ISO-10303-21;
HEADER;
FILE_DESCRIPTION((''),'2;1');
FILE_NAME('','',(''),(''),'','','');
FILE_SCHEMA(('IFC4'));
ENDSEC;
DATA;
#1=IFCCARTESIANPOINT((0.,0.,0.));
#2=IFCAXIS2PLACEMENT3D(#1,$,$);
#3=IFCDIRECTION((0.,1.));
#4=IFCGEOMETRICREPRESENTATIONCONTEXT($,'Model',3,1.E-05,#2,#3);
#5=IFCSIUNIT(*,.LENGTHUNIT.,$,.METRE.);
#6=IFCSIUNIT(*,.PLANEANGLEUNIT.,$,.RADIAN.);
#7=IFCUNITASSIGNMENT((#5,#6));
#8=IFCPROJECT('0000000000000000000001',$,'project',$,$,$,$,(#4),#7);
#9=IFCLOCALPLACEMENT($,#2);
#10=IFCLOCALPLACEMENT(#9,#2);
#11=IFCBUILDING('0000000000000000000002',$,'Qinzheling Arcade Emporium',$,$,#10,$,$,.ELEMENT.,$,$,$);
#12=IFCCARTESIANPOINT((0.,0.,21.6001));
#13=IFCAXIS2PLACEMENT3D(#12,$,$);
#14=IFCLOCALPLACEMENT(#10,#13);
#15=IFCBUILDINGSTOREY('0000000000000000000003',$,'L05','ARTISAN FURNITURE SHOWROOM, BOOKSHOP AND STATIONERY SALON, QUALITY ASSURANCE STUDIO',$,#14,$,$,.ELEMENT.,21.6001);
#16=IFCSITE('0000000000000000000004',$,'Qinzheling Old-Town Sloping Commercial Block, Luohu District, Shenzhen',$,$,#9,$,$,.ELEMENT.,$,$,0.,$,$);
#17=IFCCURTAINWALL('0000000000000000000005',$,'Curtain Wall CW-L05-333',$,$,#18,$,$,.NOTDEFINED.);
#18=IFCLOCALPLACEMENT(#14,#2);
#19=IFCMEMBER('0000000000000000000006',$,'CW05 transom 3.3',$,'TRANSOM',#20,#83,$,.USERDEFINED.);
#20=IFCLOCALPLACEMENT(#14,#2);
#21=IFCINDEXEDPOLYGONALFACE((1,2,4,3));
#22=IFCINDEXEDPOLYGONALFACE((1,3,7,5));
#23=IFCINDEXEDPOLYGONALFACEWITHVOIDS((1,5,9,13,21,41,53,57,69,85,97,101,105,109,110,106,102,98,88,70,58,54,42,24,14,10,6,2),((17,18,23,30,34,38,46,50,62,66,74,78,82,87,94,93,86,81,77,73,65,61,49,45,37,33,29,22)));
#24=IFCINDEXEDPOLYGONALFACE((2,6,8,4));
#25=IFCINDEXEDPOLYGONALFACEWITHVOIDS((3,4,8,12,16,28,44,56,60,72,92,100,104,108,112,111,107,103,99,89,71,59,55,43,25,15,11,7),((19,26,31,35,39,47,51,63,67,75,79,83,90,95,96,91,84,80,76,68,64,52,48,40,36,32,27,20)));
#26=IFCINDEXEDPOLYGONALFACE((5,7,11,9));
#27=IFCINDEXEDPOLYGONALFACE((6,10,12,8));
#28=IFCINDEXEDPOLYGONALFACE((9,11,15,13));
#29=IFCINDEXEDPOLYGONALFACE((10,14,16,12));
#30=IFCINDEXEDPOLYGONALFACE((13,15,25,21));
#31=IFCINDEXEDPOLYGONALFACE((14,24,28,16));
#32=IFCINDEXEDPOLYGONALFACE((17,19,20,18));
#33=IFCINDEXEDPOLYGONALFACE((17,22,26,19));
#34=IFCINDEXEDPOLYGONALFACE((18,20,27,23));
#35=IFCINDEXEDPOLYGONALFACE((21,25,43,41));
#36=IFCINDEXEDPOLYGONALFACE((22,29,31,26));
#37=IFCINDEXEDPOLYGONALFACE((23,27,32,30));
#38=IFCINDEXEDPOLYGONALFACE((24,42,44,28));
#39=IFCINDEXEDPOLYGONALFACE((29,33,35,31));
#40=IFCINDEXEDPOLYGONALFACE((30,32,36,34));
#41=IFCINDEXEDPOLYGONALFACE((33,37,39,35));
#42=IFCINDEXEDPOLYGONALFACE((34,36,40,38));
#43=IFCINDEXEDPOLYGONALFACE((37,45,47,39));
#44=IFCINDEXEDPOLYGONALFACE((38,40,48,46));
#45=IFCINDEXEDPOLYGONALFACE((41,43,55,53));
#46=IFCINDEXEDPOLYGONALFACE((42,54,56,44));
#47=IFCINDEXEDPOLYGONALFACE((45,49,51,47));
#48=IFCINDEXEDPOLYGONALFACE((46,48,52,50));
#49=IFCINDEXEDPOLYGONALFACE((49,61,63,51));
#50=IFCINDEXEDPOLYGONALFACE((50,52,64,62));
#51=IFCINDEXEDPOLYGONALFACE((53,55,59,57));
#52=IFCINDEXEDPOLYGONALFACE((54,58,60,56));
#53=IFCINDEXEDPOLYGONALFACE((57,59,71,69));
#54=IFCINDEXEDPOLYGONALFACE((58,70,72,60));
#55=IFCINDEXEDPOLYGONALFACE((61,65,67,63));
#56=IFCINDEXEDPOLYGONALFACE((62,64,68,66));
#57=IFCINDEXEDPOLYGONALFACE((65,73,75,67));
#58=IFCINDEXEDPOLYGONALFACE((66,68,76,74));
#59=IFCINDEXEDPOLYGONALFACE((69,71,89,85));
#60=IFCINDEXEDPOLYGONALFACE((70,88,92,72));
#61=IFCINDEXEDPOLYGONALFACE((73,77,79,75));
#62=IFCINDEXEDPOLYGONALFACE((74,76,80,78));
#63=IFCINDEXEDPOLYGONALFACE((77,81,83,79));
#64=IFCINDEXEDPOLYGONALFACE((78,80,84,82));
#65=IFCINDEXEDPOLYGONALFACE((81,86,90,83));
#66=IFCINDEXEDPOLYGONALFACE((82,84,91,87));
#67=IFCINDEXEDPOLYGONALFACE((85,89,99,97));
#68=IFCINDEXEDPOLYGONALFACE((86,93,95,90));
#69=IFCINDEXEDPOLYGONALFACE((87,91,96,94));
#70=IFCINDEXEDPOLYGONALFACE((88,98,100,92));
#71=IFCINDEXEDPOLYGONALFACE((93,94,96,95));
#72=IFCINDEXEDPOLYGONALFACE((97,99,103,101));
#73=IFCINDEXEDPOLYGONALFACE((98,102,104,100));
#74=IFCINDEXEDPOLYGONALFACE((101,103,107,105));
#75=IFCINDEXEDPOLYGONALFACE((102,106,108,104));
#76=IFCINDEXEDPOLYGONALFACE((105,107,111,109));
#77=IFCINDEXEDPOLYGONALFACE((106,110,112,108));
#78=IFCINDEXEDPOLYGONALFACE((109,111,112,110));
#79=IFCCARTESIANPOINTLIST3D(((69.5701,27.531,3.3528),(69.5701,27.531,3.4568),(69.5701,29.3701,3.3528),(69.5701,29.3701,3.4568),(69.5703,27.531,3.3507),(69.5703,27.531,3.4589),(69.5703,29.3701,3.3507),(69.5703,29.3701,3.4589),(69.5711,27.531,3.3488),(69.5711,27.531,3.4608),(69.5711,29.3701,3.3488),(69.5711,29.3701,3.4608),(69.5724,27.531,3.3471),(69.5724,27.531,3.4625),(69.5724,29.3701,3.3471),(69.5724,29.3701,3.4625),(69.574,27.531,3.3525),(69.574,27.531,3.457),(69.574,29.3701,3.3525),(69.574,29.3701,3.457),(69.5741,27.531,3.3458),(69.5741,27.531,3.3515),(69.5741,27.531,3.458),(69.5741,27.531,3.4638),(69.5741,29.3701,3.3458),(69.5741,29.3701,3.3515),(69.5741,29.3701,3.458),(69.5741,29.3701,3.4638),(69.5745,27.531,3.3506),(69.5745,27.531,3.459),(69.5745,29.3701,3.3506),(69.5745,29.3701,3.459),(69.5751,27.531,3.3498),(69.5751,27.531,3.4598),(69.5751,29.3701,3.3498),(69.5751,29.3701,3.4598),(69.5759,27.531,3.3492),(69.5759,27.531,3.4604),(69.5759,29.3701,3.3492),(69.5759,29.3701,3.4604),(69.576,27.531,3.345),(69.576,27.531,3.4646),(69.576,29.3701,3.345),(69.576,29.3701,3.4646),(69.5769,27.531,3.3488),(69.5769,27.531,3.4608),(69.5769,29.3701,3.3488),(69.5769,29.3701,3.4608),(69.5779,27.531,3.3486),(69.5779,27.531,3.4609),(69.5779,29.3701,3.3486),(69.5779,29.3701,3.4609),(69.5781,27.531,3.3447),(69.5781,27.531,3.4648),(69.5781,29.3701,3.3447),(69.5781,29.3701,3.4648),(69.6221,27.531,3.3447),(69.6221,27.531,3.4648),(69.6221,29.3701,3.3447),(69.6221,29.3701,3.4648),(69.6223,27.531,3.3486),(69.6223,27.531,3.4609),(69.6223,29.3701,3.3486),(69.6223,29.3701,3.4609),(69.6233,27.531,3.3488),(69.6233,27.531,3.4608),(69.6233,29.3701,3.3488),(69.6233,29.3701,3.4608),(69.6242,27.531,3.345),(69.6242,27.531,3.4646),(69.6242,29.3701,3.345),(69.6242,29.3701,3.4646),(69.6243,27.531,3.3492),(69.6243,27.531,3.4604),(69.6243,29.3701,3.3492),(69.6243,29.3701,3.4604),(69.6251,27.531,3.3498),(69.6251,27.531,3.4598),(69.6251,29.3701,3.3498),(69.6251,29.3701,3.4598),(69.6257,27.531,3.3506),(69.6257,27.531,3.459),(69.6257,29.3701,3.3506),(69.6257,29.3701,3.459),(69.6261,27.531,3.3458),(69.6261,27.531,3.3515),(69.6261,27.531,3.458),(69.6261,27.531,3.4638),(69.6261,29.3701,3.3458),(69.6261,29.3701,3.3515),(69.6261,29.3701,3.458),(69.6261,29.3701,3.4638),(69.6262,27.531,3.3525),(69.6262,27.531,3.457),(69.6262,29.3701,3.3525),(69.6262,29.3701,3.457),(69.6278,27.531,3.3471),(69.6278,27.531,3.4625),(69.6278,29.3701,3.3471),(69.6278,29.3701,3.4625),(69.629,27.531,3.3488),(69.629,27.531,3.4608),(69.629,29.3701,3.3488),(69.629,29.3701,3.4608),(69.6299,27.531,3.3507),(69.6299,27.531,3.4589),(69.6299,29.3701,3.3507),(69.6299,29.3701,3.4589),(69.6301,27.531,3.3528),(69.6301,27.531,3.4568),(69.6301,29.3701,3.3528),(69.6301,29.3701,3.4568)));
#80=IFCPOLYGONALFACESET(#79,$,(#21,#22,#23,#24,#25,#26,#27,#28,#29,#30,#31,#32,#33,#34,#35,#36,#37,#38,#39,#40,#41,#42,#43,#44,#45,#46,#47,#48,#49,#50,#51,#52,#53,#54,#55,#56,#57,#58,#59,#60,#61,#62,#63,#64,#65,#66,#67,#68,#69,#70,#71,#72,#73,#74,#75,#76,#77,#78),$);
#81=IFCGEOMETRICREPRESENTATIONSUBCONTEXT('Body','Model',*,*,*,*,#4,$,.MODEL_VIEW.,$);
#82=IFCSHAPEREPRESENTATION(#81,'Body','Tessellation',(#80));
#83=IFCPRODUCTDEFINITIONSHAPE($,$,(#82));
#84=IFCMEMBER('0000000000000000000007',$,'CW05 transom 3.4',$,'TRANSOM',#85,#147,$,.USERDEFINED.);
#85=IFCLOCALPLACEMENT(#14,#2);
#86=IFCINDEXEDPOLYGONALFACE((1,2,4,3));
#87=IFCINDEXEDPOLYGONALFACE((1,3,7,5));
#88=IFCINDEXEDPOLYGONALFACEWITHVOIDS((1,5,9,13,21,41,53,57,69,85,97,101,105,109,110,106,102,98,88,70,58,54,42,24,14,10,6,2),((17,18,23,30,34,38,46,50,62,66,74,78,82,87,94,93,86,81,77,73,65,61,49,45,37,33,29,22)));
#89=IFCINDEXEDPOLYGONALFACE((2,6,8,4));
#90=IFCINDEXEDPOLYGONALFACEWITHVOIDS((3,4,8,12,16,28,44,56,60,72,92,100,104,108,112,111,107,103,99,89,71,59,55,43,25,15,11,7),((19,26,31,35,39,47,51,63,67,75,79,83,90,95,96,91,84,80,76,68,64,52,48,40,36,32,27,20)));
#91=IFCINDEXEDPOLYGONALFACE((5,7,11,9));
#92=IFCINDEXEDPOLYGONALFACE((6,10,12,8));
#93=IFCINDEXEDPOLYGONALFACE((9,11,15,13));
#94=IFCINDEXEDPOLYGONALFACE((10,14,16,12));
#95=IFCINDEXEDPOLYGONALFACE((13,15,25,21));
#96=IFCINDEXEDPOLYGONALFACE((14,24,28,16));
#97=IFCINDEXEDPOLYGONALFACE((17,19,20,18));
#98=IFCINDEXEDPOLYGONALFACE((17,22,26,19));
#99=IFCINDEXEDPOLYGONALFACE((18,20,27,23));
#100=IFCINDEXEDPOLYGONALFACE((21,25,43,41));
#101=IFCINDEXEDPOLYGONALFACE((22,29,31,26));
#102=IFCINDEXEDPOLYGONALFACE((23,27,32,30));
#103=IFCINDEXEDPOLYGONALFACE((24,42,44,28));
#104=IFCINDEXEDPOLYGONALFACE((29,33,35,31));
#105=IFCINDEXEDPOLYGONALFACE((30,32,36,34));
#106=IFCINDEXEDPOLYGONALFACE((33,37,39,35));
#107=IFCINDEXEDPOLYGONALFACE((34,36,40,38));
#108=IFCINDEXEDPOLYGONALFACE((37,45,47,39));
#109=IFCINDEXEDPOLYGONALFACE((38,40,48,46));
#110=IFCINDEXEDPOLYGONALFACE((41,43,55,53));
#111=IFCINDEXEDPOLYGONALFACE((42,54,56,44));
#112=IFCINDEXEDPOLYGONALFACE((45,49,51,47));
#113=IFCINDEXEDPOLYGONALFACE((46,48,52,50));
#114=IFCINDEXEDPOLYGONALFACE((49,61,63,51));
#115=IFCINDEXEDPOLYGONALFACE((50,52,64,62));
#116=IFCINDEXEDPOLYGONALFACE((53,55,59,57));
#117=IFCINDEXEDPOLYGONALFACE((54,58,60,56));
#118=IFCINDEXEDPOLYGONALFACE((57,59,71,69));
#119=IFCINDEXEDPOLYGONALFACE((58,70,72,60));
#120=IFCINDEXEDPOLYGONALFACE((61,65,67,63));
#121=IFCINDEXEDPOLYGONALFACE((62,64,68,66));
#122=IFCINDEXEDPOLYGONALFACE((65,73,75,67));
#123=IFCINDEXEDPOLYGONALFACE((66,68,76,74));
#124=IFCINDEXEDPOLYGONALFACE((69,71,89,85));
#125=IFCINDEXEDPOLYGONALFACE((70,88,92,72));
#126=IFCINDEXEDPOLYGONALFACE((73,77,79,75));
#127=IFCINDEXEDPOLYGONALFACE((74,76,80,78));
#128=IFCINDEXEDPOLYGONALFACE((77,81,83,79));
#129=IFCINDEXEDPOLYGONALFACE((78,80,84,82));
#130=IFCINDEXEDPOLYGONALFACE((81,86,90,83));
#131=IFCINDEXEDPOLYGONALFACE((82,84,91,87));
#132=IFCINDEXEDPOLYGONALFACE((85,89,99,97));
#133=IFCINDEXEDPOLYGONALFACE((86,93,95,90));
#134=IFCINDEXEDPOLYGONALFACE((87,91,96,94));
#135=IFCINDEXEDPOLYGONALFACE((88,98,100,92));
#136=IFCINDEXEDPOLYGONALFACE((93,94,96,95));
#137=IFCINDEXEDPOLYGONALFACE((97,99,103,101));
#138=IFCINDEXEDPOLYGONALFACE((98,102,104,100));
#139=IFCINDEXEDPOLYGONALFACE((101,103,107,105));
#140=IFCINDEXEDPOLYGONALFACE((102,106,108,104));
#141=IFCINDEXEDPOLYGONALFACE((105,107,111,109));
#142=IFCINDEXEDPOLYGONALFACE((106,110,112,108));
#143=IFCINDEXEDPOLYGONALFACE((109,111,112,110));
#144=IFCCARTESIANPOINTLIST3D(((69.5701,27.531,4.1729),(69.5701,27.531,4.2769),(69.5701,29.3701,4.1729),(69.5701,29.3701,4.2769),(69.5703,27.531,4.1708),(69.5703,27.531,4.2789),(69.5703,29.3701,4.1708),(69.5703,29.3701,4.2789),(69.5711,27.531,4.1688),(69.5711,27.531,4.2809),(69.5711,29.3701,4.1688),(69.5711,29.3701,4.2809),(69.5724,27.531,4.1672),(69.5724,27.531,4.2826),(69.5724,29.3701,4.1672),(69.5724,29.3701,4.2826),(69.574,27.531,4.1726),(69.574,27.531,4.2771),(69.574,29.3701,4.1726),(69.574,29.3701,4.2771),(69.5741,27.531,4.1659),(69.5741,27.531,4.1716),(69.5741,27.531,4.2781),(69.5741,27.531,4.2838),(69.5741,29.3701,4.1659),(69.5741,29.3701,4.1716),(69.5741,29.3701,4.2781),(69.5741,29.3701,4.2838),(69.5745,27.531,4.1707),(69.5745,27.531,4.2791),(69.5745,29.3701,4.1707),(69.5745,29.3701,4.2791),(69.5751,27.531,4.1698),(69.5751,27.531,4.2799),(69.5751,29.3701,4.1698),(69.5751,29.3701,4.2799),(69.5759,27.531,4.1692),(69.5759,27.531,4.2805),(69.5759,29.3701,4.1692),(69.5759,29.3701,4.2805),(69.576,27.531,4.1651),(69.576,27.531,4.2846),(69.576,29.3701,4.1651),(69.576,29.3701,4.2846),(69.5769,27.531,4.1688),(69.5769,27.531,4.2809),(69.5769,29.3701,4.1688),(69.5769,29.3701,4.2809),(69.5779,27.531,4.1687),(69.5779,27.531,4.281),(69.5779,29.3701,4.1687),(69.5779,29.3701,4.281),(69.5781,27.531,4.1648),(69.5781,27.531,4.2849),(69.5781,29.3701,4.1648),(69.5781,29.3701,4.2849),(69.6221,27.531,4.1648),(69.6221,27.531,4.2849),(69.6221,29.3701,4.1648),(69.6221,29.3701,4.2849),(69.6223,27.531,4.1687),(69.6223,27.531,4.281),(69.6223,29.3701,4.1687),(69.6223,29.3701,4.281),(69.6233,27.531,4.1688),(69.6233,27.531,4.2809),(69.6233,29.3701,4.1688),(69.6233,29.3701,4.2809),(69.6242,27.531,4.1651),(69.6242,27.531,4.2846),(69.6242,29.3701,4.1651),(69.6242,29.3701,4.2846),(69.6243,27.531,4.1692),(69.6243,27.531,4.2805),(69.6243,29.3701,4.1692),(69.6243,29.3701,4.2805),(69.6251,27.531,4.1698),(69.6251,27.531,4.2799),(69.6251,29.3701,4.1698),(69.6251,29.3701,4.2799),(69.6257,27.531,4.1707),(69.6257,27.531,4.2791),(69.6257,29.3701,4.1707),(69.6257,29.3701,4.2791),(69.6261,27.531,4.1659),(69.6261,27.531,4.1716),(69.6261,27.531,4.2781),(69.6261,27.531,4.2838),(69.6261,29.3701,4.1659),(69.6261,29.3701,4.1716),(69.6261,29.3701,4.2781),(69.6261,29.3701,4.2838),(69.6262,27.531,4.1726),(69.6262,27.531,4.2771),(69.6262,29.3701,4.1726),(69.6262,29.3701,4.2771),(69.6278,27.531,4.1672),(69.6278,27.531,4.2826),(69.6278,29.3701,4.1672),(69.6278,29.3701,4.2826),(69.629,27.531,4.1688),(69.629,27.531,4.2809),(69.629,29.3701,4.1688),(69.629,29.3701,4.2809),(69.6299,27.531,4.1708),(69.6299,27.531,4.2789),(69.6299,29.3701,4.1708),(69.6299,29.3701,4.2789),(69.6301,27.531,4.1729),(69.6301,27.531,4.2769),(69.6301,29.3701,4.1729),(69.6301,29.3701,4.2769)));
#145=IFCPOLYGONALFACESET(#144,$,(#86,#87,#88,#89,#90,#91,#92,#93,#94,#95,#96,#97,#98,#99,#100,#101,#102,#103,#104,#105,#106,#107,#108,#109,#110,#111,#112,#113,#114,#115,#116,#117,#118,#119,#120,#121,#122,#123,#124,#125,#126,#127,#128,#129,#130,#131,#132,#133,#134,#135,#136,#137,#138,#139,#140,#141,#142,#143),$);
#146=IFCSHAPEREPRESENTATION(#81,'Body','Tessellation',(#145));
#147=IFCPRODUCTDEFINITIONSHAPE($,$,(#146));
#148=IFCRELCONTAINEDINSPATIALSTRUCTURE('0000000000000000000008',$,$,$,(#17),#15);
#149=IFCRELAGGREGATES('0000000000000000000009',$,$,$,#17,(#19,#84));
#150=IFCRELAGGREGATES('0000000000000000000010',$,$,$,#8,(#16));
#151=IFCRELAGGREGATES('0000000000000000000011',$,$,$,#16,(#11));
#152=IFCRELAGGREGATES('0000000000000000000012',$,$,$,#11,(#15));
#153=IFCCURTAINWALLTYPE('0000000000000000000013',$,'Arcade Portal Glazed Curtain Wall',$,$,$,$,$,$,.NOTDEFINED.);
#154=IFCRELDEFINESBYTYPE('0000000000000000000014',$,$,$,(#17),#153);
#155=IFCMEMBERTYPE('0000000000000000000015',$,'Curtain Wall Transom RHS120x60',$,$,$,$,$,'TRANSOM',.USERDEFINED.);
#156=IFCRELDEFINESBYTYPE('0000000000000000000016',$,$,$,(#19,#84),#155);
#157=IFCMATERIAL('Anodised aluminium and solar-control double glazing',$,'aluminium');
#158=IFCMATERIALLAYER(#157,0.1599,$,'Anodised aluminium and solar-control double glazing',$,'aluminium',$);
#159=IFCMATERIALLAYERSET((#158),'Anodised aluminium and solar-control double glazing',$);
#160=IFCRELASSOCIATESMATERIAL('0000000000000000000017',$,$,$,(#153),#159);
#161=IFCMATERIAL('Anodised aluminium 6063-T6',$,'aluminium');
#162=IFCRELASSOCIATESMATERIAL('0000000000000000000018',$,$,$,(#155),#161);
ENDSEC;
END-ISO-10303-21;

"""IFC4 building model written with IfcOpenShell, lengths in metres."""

from ifc_helpers import new_model, si_unit, direction, frame, origin, origin_2d, place, context, subcontext, project, spatial, hollow_rectangle, extrude, material, layer, layer_set, material_profile, profile_set, type_object, element, aggregate, save


model = new_model("IFC4")

# Units and contexts
model_context = context("Model", 3, precision=1e-05, world=origin(), true_north=direction((0.0, 1.0)))
body_context = subcontext(model_context, "Body", "Model", "MODEL_VIEW")
ifc_project = project(units=[si_unit("LENGTHUNIT", "METRE"), si_unit("PLANEANGLEUNIT", "RADIAN")], contexts=[model_context])

# Site, building, storey
site_placement = place(None, origin())
site = spatial("IfcSite", under=ifc_project, at=site_placement, Name="Qinzheling Old-Town Sloping Commercial Block, Luohu District, Shenzhen", CompositionType="ELEMENT", RefElevation=0.0)
building_placement = place(site_placement, origin())
building = spatial("IfcBuilding", under=site, at=building_placement, Name="Qinzheling Arcade Emporium", CompositionType="ELEMENT")
storey_placement = place(building_placement, frame((0.0, 0.0, 21.6001)))
storey = spatial("IfcBuildingStorey", under=building, at=storey_placement, Name="L05", Description="ARTISAN FURNITURE SHOWROOM, BOOKSHOP AND STATIONERY SALON, QUALITY ASSURANCE STUDIO", CompositionType="ELEMENT", Elevation=21.6001)

# Curtain wall, members
ifc_material_1 = material(Name="Anodised aluminium and solar-control double glazing", Category="aluminium")
ifc_layer_1 = layer(ifc_material_1, 0.1599, Name="Anodised aluminium and solar-control double glazing", Category="aluminium")
ifc_layer_set_1 = layer_set([ifc_layer_1], Name="Anodised aluminium and solar-control double glazing")
curtain_wall_type = type_object("IfcCurtainWallType", Name="Arcade Portal Glazed Curtain Wall", PredefinedType="NOTDEFINED", material=ifc_layer_set_1)
curtain_wall_placement = place(storey_placement, origin())
curtain_wall = element("IfcCurtainWall", 1, at=curtain_wall_placement, inside=storey, type_object=curtain_wall_type, Name="Curtain Wall CW-L05-333", PredefinedType="NOTDEFINED")
ifc_material_2 = material(Name="Anodised aluminium 6063-T6", Category="aluminium")
ifc_material_profile_1 = material_profile(ifc_material_2, hollow_rectangle(XDim=0.0601, YDim=0.1201, WallThickness=0.0039, InnerFilletRadius=0.0039, OuterFilletRadius=0.0081, at=origin_2d()), Name="RHS 120x60x4", Category="aluminium")
ifc_profile_set_1 = profile_set([ifc_material_profile_1], Name="Anodised aluminium 6063-T6")
member_type_1 = type_object("IfcMemberType", Name="Curtain Wall Transom RHS120x60", ElementType="TRANSOM", PredefinedType="USERDEFINED", material=ifc_profile_set_1)
member_1_placement = place(storey_placement, frame((69.6001, 29.3701, 3.4048), z_axis=(0.0, -1.0, 0.0), x_axis=(1.0, 0.0, 0.0)))
member_1 = element("IfcMember", 2, at=member_1_placement, type_object=member_type_1, Name="CW05 transom 3.3", ObjectType="TRANSOM", PredefinedType="USERDEFINED", context=body_context, shape_type="SweptSolid", body=[
    extrude(hollow_rectangle(XDim=0.0601, YDim=0.1201, WallThickness=0.0039, InnerFilletRadius=0.0039, OuterFilletRadius=0.0081, at=origin_2d()), origin(), (0.0, 0.0, 1.0), 1.8391),
])
member_2_placement = place(storey_placement, frame((69.6001, 29.3701, 4.2249), z_axis=(0.0, -1.0, 0.0), x_axis=(1.0, 0.0, 0.0)))
member_2 = element("IfcMember", 3, at=member_2_placement, type_object=member_type_1, Name="CW05 transom 3.4", ObjectType="TRANSOM", PredefinedType="USERDEFINED", context=body_context, shape_type="SweptSolid", body=[
    extrude(hollow_rectangle(XDim=0.0601, YDim=0.1201, WallThickness=0.0039, InnerFilletRadius=0.0039, OuterFilletRadius=0.0081, at=origin_2d()), origin(), (0.0, 0.0, 1.0), 1.8391),
])

aggregate(curtain_wall, [member_1, member_2])

save(model, "model.ifc")
